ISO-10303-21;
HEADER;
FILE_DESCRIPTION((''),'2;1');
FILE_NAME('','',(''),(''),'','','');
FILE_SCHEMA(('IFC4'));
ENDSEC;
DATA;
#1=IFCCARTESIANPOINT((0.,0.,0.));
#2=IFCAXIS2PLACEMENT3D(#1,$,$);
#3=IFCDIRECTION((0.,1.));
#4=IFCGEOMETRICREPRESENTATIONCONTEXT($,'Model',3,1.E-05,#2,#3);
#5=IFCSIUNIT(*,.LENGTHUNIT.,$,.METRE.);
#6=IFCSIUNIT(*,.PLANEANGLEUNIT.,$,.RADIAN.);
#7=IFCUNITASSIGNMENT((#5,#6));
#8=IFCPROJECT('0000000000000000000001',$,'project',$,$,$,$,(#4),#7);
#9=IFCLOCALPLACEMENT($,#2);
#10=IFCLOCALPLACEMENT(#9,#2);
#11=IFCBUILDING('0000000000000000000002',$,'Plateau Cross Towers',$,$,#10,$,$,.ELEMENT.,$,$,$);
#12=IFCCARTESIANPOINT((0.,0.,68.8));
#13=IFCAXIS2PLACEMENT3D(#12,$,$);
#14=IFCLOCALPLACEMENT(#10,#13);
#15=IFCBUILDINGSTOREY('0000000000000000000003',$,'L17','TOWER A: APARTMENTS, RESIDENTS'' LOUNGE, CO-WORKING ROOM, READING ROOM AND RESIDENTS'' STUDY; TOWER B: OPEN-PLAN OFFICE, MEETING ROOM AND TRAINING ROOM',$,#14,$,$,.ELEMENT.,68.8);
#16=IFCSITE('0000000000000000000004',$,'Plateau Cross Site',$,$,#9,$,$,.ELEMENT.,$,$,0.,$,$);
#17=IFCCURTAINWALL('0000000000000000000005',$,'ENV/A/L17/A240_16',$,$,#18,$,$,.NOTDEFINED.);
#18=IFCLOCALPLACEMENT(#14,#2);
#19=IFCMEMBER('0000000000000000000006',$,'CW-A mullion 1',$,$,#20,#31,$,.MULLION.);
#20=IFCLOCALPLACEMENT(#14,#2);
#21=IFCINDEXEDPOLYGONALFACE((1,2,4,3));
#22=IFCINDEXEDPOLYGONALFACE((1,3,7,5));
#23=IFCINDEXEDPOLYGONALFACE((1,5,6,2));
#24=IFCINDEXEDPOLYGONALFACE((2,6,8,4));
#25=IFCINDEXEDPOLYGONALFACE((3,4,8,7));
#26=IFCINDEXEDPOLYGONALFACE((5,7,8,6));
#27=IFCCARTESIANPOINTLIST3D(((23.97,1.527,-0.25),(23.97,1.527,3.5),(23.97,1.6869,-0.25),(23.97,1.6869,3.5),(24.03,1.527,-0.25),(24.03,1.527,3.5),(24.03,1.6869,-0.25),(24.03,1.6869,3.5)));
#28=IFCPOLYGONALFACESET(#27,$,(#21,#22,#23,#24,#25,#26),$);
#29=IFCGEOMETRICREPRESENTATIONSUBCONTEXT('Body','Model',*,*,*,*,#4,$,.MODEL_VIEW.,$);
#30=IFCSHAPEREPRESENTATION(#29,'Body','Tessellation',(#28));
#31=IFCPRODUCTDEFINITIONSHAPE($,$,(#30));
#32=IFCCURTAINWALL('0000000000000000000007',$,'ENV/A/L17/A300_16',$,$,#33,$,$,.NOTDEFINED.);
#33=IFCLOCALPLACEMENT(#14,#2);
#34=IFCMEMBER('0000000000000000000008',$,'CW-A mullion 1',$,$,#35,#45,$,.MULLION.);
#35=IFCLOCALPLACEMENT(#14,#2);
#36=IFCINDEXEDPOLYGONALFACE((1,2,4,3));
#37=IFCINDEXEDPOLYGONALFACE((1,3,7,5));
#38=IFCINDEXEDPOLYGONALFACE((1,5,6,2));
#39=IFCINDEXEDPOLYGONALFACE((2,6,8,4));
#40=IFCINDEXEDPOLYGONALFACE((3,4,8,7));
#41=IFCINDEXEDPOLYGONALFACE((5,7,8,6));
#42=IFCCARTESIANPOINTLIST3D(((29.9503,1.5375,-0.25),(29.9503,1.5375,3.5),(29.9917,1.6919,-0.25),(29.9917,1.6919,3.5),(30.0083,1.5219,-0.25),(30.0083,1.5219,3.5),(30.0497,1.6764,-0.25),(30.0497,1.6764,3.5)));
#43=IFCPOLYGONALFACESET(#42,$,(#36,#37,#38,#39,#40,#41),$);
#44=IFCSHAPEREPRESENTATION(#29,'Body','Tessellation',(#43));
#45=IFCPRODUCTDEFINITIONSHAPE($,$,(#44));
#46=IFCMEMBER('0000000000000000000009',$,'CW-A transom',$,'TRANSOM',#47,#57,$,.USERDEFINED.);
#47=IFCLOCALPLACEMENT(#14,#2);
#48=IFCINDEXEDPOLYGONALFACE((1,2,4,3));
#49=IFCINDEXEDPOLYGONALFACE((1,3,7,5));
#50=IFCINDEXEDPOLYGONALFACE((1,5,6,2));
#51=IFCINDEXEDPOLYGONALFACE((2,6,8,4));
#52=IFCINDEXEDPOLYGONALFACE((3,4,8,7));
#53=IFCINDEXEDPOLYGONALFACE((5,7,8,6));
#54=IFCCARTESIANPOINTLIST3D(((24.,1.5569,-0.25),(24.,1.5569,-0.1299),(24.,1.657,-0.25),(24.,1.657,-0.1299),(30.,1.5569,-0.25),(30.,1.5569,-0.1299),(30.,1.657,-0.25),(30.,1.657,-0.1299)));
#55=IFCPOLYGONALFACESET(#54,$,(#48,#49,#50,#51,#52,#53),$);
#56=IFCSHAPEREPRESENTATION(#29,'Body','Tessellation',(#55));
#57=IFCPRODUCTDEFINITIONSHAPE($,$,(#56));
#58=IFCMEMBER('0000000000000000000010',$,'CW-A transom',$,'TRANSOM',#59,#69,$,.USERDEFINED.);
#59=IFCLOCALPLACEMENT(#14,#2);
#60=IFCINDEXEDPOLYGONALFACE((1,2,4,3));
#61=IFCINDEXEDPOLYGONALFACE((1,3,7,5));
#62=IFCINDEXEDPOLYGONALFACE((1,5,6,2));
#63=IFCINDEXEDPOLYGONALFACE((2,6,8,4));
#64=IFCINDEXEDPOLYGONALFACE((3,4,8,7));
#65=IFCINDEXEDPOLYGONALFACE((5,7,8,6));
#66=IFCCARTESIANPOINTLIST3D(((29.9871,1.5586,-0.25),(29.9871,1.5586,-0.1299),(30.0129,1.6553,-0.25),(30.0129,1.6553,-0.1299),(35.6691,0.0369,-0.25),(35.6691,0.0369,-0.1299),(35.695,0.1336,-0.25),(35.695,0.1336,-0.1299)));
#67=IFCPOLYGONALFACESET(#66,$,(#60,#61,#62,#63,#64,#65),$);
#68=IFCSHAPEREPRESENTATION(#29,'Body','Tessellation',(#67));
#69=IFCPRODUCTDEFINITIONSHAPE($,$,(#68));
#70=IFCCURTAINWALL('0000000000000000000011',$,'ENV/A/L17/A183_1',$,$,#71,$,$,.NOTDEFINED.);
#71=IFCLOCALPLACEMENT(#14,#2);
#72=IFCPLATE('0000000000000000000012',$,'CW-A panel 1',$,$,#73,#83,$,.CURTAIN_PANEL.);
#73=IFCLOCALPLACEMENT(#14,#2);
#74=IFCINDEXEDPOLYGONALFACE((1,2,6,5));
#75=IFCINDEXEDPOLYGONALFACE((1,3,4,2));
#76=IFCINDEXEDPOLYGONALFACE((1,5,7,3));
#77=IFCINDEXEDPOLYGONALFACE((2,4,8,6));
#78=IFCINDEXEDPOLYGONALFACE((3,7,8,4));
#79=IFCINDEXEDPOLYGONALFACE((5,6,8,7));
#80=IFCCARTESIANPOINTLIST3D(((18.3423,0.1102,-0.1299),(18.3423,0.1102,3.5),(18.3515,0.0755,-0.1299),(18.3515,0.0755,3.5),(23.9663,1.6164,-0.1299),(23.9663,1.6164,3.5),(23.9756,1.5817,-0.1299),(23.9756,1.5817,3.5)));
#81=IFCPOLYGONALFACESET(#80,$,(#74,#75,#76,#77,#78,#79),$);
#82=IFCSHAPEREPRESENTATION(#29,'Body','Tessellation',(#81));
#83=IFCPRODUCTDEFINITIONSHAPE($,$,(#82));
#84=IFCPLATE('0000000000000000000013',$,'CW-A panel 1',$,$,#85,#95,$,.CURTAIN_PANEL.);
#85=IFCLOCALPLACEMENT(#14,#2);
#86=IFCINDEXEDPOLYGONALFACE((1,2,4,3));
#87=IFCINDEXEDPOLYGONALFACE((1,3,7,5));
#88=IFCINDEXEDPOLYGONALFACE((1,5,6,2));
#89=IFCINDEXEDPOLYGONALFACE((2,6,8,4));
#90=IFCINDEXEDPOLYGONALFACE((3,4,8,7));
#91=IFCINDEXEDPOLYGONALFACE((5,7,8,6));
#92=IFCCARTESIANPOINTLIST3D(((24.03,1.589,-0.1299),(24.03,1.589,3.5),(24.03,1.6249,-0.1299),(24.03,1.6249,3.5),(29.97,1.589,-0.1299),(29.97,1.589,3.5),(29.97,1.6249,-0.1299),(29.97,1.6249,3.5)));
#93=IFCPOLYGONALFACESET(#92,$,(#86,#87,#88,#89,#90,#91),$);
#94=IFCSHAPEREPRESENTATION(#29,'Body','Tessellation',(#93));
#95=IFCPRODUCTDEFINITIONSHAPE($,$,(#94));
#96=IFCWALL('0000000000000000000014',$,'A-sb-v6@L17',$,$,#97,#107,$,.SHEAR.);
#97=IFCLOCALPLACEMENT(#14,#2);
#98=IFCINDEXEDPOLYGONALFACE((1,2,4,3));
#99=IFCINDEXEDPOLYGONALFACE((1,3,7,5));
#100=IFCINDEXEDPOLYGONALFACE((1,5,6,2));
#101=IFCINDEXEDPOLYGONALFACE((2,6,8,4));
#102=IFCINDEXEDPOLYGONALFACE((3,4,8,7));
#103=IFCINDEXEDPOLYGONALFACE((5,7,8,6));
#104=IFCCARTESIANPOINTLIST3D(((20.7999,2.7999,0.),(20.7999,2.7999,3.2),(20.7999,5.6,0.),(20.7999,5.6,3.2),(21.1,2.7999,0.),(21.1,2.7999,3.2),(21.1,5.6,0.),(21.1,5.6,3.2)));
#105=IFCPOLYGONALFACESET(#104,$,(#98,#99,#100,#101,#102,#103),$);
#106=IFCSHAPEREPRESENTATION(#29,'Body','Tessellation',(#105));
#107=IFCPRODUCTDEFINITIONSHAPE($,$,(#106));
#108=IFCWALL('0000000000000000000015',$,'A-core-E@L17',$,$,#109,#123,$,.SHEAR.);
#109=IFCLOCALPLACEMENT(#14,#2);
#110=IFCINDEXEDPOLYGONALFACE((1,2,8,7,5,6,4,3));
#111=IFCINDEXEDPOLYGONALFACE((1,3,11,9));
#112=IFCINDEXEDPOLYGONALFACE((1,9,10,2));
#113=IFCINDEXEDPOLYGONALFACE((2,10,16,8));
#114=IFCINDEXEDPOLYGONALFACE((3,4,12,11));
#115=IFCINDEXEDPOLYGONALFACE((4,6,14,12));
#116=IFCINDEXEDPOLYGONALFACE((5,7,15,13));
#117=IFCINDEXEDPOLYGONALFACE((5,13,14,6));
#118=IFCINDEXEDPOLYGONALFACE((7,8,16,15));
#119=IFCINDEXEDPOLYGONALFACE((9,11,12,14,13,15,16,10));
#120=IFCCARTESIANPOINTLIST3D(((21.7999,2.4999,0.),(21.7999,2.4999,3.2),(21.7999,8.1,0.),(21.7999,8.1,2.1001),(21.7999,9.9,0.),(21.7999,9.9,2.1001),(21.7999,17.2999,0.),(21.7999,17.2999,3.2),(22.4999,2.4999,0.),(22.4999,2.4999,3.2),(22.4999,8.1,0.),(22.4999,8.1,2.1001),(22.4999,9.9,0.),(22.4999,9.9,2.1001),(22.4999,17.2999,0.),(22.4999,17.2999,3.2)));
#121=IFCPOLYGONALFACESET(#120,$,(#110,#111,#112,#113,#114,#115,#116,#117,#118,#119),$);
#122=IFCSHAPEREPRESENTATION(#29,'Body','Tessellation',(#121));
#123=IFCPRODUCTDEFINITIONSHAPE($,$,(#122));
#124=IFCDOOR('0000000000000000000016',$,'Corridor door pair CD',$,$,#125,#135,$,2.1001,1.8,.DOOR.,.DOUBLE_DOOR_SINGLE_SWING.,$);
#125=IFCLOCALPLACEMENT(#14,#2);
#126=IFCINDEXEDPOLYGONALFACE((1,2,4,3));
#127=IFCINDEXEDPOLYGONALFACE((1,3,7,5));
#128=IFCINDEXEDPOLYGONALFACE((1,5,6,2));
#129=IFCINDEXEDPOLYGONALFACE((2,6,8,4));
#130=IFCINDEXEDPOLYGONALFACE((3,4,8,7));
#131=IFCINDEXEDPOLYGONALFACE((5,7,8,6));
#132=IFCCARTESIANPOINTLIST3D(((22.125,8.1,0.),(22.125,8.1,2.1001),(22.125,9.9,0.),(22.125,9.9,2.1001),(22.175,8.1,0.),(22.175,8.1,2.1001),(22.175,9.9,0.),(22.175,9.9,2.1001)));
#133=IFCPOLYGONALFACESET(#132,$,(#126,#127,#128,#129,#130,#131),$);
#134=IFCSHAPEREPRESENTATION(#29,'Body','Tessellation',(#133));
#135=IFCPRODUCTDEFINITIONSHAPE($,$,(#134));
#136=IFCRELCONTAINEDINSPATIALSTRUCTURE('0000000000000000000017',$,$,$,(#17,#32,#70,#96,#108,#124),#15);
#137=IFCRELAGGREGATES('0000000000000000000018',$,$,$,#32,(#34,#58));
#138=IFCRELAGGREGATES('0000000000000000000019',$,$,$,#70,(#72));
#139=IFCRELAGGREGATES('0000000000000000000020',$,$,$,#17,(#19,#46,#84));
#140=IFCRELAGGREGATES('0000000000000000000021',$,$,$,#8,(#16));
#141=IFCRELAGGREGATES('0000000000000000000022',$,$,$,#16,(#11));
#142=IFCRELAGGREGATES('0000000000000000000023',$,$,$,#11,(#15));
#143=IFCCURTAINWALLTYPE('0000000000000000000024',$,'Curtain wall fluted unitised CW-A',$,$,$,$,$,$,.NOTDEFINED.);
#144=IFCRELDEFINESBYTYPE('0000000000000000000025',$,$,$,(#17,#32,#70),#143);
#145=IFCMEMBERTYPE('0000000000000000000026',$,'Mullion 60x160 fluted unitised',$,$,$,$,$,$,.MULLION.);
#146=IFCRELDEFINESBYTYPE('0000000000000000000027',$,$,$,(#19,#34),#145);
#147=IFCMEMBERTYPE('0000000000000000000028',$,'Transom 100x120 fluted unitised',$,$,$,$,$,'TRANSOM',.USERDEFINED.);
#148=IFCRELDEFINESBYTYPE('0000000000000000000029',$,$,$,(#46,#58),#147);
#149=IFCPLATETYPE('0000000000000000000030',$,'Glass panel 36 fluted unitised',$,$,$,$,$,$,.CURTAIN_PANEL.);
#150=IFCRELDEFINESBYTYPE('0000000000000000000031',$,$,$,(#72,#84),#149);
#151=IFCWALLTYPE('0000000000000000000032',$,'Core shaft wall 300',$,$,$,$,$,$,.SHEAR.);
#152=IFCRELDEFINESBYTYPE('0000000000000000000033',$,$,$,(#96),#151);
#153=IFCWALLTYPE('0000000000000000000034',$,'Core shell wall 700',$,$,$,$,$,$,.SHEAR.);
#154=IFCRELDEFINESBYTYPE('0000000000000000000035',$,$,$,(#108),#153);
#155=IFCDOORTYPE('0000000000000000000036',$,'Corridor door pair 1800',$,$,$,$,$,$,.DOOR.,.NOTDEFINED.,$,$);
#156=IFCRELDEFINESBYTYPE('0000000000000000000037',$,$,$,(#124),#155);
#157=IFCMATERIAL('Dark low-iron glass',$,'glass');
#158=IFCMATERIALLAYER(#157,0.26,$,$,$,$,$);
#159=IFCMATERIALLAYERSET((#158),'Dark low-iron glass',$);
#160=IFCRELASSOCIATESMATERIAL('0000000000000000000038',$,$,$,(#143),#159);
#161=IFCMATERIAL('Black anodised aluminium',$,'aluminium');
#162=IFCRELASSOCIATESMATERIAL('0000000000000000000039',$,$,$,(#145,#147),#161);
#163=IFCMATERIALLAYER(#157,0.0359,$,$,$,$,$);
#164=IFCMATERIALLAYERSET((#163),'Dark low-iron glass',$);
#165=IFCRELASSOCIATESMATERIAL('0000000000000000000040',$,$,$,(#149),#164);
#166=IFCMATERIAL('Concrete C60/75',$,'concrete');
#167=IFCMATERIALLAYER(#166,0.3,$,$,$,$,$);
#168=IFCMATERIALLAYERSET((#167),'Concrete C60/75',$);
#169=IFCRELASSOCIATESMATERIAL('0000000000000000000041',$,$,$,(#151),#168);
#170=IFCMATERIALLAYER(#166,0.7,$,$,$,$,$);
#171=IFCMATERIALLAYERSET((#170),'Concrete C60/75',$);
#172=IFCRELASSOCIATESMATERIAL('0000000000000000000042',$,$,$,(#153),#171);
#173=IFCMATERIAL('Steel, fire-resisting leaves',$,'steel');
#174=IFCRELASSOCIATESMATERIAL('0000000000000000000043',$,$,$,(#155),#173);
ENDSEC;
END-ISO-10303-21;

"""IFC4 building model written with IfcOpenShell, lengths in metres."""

from ifc_helpers import new_model, si_unit, direction, frame, frame_2d, origin, origin_2d, place, context, subcontext, project, spatial, rectangle, extrude, material, layer, layer_set, material_profile, profile_set, type_object, element, fill, aggregate, save


model = new_model("IFC4")

# Units and contexts
model_context = context("Model", 3, precision=1e-05, world=origin(), true_north=direction((0.0, 1.0)))
body_context = subcontext(model_context, "Body", "Model", "MODEL_VIEW")
ifc_project = project(units=[si_unit("LENGTHUNIT", "METRE"), si_unit("PLANEANGLEUNIT", "RADIAN")], contexts=[model_context])

# Site, building, storey
site_placement = place(None, origin())
site = spatial("IfcSite", under=ifc_project, at=site_placement, Name="Plateau Cross Site", CompositionType="ELEMENT", RefElevation=0.0)
building_placement = place(site_placement, origin())
building = spatial("IfcBuilding", under=site, at=building_placement, Name="Plateau Cross Towers", CompositionType="ELEMENT")
storey_placement = place(building_placement, frame((0.0, 0.0, 68.8)))
storey = spatial("IfcBuildingStorey", under=building, at=storey_placement, Name="L17", Description="TOWER A: APARTMENTS, RESIDENTS' LOUNGE, CO-WORKING ROOM, READING ROOM AND RESIDENTS' STUDY; TOWER B: OPEN-PLAN OFFICE, MEETING ROOM AND TRAINING ROOM", CompositionType="ELEMENT", Elevation=68.8)

# Curtain walls, members
ifc_material_1 = material(Name="Dark low-iron glass", Category="glass")
ifc_layer_1 = layer(ifc_material_1, 0.26)
ifc_layer_set_1 = layer_set([ifc_layer_1], Name="Dark low-iron glass")
curtain_wall_type = type_object("IfcCurtainWallType", Name="Curtain wall fluted unitised CW-A", PredefinedType="NOTDEFINED", material=ifc_layer_set_1)
curtain_wall_1_placement = place(storey_placement, origin())
curtain_wall_1 = element("IfcCurtainWall", 1, at=curtain_wall_1_placement, inside=storey, type_object=curtain_wall_type, Name="ENV/A/L17/A240_16", PredefinedType="NOTDEFINED")
ifc_material_2 = material(Name="Black anodised aluminium", Category="aluminium")
ifc_material_profile_1 = material_profile(ifc_material_2, rectangle(XDim=0.0601, YDim=0.1599, at=origin_2d()), Name="MULLION 60x160")
ifc_profile_set_1 = profile_set([ifc_material_profile_1], Name="Black anodised aluminium")
member_type_1 = type_object("IfcMemberType", Name="Mullion 60x160 fluted unitised", PredefinedType="MULLION", material=ifc_profile_set_1)
member_1_placement = place(storey_placement, frame((24.0, 1.6069, -0.25), z_axis=(0.0, 0.0, 1.0), x_axis=(1.0, 0.0, 0.0)))
member_1 = element("IfcMember", 2, at=member_1_placement, type_object=member_type_1, Name="CW-A mullion 1", PredefinedType="MULLION", context=body_context, shape_type="SweptSolid", body=[
    extrude(rectangle(XDim=0.0601, YDim=0.1599, at=origin_2d()), origin(), (0.0, 0.0, 1.0), 3.75),
])
curtain_wall_2_placement = place(storey_placement, origin())
curtain_wall_2 = element("IfcCurtainWall", 3, at=curtain_wall_2_placement, inside=storey, type_object=curtain_wall_type, Name="ENV/A/L17/A300_16", PredefinedType="NOTDEFINED")
member_2_placement = place(storey_placement, frame((30.0, 1.6069, -0.25), z_axis=(0.0, 0.0, 1.0), x_axis=(0.965958, -0.258699, 0.0)))
member_2 = element("IfcMember", 4, at=member_2_placement, type_object=member_type_1, Name="CW-A mullion 1", PredefinedType="MULLION", context=body_context, shape_type="SweptSolid", body=[
    extrude(rectangle(XDim=0.0601, YDim=0.1599, at=origin_2d()), origin(), (0.0, 0.0, 1.0), 3.75),
])

# Members
ifc_material_profile_2 = material_profile(ifc_material_2, rectangle(XDim=0.1001, YDim=0.1201, at=origin_2d()), Name="TRANSOM 100x120")
ifc_profile_set_2 = profile_set([ifc_material_profile_2], Name="Black anodised aluminium")
member_type_2 = type_object("IfcMemberType", Name="Transom 100x120 fluted unitised", ElementType="TRANSOM", PredefinedType="USERDEFINED", material=ifc_profile_set_2)
member_3_placement = place(storey_placement, frame((24.0, 1.6069, -0.1899), z_axis=(1.0, 0.0, 0.0), x_axis=(0.0, 1.0, 0.0)))
member_3 = element("IfcMember", 5, at=member_3_placement, type_object=member_type_2, Name="CW-A transom", ObjectType="TRANSOM", PredefinedType="USERDEFINED", context=body_context, shape_type="SweptSolid", body=[
    extrude(rectangle(XDim=0.1001, YDim=0.1201, at=origin_2d()), origin(), (0.0, 0.0, 1.0), 6.0),
])
member_4_placement = place(storey_placement, frame((30.0, 1.6069, -0.1899), z_axis=(0.96596, -0.258693, 0.0), x_axis=(0.258693, 0.96596, 0.0)))
member_4 = element("IfcMember", 6, at=member_4_placement, type_object=member_type_2, Name="CW-A transom", ObjectType="TRANSOM", PredefinedType="USERDEFINED", context=body_context, shape_type="SweptSolid", body=[
    extrude(rectangle(XDim=0.1001, YDim=0.1201, at=origin_2d()), origin(), (0.0, 0.0, 1.0), 5.8823),
])
aggregate(curtain_wall_2, [member_2, member_4])

# Curtain wall, plate
curtain_wall_3_placement = place(storey_placement, origin())
curtain_wall_3 = element("IfcCurtainWall", 7, at=curtain_wall_3_placement, inside=storey, type_object=curtain_wall_type, Name="ENV/A/L17/A183_1", PredefinedType="NOTDEFINED")
ifc_layer_2 = layer(ifc_material_1, 0.0359)
ifc_layer_set_2 = layer_set([ifc_layer_2], Name="Dark low-iron glass")
plate_type = type_object("IfcPlateType", Name="Glass panel 36 fluted unitised", PredefinedType="CURTAIN_PANEL", material=ifc_layer_set_2)
plate_1_placement = place(storey_placement, frame((21.1589, 0.8459, -0.1299), z_axis=(0.0, 0.0, 1.0), x_axis=(0.965958, 0.258699, 0.0)))
plate_1 = element("IfcPlate", 8, at=plate_1_placement, type_object=plate_type, Name="CW-A panel 1", PredefinedType="CURTAIN_PANEL", context=body_context, shape_type="SweptSolid", body=[
    extrude(rectangle(XDim=5.8223, YDim=0.0359, at=origin_2d()), origin(), (0.0, 0.0, 1.0), 3.6299),
])
aggregate(curtain_wall_3, [plate_1])

# Plate
plate_2_placement = place(storey_placement, frame((27.0, 1.6069, -0.1299), z_axis=(0.0, 0.0, 1.0), x_axis=(1.0, 0.0, 0.0)))
plate_2 = element("IfcPlate", 9, at=plate_2_placement, type_object=plate_type, Name="CW-A panel 1", PredefinedType="CURTAIN_PANEL", context=body_context, shape_type="SweptSolid", body=[
    extrude(rectangle(XDim=5.9399, YDim=0.0359, at=origin_2d()), origin(), (0.0, 0.0, 1.0), 3.6299),
])
aggregate(curtain_wall_1, [member_1, member_3, plate_2])

# Wall
ifc_material_3 = material(Name="Concrete C60/75", Category="concrete")
ifc_layer_3 = layer(ifc_material_3, 0.3)
ifc_layer_set_3 = layer_set([ifc_layer_3], Name="Concrete C60/75")
wall_type_1 = type_object("IfcWallType", Name="Core shaft wall 300", PredefinedType="SHEAR", material=ifc_layer_set_3)
wall_1_placement = place(storey_placement, frame((20.95, 2.8, 0.0), z_axis=(0.0, 0.0, 1.0), x_axis=(0.0, 1.0, 0.0)))
element("IfcWall", 10, at=wall_1_placement, inside=storey, type_object=wall_type_1, Name="A-sb-v6@L17", PredefinedType="SHEAR", context=body_context, shape_type="SweptSolid", body=[
    extrude(rectangle(XDim=2.8, YDim=0.3, at=frame_2d((1.3999, 0.0))), origin(), (0.0, 0.0, 1.0), 3.2),
])

# Wall, opening, door
ifc_layer_4 = layer(ifc_material_3, 0.7)
ifc_layer_set_4 = layer_set([ifc_layer_4], Name="Concrete C60/75")
wall_type_2 = type_object("IfcWallType", Name="Core shell wall 700", PredefinedType="SHEAR", material=ifc_layer_set_4)
wall_2_placement = place(storey_placement, frame((22.1499, 2.5, 0.0), z_axis=(0.0, 0.0, 1.0), x_axis=(0.0, 1.0, 0.0)))
wall_2 = element("IfcWall", 11, at=wall_2_placement, inside=storey, type_object=wall_type_2, Name="A-core-E@L17", PredefinedType="SHEAR", context=body_context, shape_type="SweptSolid", body=[
    extrude(rectangle(XDim=14.8, YDim=0.7, at=frame_2d((7.3999, 0.0))), origin(), (0.0, 0.0, 1.0), 3.2),
])
opening_1_placement = place(wall_2_placement, frame((5.6001, 0.0, 0.0)))
opening_1 = element("IfcOpeningElement", 12, at=opening_1_placement, cuts=wall_2, PredefinedType="OPENING", context=body_context, shape_type="SweptSolid", body=[
    extrude(rectangle(XDim=1.8, YDim=2.1001, at=frame_2d((0.8999, 1.05))), frame((0.0, 0.3599, 0.0), z_axis=(0.0, -1.0, 0.0), x_axis=(1.0, 0.0, 0.0)), (0.0, 0.0, 1.0), 0.72),
])
ifc_material_4 = material(Name="Steel, fire-resisting leaves", Category="steel")
door_type_1 = type_object("IfcDoorType", Name="Corridor door pair 1800", OperationType="NOTDEFINED", PredefinedType="DOOR", material=ifc_material_4)
door_1_placement = place(opening_1_placement, origin())
door_1 = element("IfcDoor", 13, at=door_1_placement, inside=storey, type_object=door_type_1, Name="Corridor door pair CD", OperationType="DOUBLE_DOOR_SINGLE_SWING", OverallHeight=2.1001, OverallWidth=1.8, PredefinedType="DOOR", context=body_context, shape_type="SweptSolid", body=[
    extrude(rectangle(XDim=1.8, YDim=2.1001, at=frame_2d((0.8999, 1.05))), frame((0.0, 0.0249, 0.0), z_axis=(0.0, -1.0, 0.0), x_axis=(1.0, 0.0, 0.0)), (0.0, 0.0, 1.0), 0.05),
])
fill(opening_1, door_1)

save(model, "model.ifc")
